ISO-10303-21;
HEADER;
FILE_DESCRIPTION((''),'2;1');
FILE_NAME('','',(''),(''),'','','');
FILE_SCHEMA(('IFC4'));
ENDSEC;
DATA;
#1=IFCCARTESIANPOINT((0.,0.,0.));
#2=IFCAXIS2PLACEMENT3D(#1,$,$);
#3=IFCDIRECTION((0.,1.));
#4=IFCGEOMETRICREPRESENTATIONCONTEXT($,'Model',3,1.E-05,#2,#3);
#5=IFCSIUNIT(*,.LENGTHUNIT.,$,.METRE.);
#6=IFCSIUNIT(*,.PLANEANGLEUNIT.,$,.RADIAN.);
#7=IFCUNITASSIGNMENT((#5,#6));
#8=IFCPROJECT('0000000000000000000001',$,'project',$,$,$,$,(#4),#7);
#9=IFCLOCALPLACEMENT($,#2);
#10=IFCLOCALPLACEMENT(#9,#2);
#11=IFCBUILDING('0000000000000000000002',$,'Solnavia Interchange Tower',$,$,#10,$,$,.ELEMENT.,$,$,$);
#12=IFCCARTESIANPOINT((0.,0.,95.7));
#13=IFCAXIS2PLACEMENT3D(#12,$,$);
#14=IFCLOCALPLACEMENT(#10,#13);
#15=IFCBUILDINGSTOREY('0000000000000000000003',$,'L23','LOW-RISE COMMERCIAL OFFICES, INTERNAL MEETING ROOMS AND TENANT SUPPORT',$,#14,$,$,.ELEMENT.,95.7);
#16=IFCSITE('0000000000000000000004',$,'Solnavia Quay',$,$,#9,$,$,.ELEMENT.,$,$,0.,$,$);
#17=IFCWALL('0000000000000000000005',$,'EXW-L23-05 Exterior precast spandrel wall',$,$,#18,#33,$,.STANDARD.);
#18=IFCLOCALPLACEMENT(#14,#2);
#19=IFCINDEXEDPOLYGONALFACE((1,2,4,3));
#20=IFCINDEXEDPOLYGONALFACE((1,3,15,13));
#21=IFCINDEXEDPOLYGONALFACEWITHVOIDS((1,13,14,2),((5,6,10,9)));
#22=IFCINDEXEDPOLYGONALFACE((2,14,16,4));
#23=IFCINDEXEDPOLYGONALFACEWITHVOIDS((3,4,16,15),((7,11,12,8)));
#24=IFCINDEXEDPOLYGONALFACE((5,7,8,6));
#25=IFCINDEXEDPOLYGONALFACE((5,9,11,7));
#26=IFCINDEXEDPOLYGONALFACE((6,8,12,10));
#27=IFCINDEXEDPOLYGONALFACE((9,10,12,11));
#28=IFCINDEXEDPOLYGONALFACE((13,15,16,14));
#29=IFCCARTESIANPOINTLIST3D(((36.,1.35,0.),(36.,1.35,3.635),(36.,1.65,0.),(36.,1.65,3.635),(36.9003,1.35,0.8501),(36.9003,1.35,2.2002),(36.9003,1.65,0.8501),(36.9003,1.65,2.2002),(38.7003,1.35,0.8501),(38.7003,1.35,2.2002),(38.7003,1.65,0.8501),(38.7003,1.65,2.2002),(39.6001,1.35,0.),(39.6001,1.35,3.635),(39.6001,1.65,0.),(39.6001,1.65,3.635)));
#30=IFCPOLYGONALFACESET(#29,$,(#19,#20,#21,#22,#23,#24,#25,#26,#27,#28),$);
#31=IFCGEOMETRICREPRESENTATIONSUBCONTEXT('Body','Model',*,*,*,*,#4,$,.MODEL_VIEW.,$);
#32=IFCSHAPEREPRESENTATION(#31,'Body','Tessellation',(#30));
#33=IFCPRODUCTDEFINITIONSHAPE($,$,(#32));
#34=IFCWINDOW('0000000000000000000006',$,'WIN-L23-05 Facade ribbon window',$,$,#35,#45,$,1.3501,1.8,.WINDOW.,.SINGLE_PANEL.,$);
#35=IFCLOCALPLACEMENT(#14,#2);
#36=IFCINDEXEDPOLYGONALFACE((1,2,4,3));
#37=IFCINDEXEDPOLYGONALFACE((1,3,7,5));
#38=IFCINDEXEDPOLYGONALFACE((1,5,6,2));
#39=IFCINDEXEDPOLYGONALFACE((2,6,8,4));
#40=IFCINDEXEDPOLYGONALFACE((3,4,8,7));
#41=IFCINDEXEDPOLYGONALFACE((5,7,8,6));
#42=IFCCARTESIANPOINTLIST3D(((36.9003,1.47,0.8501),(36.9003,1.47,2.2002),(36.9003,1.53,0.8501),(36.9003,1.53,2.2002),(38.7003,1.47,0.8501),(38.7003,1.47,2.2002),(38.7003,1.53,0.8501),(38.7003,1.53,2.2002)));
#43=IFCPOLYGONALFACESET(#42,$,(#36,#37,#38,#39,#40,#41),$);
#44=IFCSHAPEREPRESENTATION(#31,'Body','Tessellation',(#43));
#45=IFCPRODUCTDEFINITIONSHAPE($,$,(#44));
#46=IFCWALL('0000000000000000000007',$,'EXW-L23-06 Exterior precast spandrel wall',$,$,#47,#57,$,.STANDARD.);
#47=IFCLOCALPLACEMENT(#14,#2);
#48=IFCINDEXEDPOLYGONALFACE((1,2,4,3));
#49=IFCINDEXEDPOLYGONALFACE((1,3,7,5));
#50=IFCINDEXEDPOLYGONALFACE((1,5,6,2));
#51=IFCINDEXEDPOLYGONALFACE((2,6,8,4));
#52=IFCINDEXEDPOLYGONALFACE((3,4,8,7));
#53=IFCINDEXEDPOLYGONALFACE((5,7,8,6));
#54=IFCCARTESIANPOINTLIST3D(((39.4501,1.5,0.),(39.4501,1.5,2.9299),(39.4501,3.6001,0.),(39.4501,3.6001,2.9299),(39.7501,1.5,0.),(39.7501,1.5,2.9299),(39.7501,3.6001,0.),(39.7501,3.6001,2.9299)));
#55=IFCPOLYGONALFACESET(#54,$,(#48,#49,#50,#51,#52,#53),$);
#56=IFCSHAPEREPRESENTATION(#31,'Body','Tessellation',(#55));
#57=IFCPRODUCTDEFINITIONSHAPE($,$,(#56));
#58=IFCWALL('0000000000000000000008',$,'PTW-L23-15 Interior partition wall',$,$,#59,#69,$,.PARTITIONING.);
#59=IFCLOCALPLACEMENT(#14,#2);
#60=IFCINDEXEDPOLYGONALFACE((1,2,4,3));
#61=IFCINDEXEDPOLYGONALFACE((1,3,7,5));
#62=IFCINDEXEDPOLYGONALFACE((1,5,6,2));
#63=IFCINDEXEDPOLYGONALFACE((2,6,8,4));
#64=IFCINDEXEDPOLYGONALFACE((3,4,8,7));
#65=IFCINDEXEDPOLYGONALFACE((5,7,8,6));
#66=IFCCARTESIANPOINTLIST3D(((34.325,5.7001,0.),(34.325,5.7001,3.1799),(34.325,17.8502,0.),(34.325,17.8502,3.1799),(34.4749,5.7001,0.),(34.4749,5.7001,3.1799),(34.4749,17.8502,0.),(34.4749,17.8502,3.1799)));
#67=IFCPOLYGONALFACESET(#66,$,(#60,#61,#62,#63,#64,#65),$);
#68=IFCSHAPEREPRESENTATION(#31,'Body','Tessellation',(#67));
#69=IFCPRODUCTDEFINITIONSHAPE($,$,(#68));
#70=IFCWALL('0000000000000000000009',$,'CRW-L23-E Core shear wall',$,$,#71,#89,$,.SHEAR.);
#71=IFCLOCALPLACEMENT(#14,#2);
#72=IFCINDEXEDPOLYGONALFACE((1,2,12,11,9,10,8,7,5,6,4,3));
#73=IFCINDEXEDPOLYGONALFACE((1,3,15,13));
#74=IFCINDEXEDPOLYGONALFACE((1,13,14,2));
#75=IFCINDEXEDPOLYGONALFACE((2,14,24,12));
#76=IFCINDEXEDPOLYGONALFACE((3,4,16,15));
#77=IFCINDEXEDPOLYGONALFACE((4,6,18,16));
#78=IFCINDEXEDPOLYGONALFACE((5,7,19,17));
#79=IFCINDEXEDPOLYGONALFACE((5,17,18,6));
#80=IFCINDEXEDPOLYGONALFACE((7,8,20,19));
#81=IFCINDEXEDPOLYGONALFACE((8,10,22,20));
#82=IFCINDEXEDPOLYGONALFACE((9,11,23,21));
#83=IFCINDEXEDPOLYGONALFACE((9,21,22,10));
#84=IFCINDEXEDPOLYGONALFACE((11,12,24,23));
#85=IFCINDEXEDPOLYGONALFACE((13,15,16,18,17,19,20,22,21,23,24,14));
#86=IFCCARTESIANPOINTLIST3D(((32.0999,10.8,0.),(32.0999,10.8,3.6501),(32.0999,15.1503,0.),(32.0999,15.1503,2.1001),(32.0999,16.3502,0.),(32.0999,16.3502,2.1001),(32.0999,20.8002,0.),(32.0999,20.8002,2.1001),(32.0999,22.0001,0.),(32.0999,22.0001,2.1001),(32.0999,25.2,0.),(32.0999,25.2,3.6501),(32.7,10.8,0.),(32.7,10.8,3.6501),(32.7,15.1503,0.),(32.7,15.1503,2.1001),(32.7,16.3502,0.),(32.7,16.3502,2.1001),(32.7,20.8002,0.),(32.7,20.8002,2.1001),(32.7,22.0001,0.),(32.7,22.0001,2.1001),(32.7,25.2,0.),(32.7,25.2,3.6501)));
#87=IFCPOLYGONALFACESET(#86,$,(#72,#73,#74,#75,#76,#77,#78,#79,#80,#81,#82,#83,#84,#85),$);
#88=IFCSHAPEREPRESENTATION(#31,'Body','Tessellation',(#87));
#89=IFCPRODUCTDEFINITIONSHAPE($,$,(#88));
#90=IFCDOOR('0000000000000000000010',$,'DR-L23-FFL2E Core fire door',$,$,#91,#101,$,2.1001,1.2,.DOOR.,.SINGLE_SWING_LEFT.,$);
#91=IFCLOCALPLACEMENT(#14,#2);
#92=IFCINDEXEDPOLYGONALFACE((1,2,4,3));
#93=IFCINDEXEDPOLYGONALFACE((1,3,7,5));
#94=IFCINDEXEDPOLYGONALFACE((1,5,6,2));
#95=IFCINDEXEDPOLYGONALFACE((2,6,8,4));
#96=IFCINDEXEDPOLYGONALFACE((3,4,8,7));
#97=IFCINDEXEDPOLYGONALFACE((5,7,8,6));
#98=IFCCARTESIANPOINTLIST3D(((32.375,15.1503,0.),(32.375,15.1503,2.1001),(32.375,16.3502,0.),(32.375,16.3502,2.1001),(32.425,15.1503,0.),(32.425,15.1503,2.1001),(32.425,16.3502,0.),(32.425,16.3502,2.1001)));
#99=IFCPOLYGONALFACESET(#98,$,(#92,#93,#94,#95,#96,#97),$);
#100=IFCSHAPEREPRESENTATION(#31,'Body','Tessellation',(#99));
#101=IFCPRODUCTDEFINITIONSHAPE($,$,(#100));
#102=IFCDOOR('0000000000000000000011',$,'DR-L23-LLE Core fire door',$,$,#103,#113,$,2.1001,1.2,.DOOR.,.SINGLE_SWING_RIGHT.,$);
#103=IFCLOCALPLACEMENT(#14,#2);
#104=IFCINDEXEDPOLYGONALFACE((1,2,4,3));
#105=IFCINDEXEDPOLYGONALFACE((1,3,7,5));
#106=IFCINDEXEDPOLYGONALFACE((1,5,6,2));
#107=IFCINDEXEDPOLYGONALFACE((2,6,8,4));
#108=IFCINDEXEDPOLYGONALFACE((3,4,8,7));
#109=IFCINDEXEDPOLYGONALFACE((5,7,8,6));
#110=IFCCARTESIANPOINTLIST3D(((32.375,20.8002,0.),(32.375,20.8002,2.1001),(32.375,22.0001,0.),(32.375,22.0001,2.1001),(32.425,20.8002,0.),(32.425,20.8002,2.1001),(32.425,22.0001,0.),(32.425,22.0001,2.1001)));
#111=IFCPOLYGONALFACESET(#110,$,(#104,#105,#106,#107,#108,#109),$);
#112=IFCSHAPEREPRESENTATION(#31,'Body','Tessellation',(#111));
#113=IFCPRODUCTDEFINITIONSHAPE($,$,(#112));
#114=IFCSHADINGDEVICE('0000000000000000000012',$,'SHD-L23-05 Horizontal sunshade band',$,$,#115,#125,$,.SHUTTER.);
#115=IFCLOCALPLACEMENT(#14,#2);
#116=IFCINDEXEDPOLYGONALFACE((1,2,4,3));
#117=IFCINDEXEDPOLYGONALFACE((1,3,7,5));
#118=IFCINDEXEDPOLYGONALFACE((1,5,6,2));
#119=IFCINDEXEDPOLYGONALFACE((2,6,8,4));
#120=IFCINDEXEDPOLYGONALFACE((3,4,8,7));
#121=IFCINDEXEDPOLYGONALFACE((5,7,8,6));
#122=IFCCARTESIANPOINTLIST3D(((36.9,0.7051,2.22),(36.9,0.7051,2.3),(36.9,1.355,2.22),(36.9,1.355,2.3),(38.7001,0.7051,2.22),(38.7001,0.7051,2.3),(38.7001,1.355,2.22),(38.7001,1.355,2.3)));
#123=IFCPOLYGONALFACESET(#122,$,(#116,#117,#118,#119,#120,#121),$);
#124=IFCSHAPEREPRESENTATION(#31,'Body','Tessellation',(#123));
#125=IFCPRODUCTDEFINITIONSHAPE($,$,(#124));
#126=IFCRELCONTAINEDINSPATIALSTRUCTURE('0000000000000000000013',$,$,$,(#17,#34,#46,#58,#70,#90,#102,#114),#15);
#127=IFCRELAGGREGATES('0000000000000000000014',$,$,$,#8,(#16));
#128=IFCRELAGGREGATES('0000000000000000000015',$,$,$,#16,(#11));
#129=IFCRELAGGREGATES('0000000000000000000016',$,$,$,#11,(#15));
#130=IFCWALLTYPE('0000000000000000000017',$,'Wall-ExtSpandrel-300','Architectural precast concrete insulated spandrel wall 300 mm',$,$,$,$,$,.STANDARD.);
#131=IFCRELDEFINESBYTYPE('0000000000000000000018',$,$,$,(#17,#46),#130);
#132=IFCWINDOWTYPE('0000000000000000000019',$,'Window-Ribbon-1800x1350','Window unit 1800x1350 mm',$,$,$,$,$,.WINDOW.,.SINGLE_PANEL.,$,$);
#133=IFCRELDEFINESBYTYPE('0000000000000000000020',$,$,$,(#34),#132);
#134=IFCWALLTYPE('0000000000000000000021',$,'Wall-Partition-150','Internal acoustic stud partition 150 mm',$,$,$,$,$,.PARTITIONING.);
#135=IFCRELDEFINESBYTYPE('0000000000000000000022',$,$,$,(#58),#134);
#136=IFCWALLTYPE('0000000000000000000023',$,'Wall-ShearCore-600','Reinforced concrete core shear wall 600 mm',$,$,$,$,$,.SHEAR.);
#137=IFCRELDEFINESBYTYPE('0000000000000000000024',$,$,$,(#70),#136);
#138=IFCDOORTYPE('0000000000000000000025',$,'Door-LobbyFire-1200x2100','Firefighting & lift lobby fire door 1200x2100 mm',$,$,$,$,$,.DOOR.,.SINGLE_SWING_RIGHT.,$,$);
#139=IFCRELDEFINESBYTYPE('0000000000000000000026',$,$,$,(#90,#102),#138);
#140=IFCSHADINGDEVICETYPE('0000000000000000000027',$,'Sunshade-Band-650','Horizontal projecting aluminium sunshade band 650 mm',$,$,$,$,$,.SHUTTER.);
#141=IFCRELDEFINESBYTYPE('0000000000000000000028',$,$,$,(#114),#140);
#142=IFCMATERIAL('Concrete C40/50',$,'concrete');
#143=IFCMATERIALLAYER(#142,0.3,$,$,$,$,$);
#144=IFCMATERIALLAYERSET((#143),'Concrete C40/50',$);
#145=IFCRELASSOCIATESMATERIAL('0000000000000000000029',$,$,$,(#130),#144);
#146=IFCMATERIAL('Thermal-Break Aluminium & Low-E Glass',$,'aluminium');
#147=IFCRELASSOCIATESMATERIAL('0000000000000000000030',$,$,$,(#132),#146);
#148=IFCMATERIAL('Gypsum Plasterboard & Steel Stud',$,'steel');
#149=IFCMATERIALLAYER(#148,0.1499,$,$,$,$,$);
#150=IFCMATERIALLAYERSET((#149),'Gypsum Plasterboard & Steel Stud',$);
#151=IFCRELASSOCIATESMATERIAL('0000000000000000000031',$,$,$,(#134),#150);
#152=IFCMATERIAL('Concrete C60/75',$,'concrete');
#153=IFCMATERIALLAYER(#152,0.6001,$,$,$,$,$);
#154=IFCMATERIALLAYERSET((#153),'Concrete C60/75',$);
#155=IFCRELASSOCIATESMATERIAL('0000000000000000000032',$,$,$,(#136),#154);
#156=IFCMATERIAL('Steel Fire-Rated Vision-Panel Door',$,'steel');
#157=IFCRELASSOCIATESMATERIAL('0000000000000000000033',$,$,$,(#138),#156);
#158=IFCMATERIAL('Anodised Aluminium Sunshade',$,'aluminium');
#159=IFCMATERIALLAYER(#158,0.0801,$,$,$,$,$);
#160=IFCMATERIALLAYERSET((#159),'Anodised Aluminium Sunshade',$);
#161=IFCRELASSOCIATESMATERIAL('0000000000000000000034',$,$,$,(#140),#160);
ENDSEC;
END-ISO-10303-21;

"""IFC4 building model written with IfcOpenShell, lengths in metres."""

from ifc_helpers import new_model, si_unit, direction, frame, frame_2d, origin, origin_2d, place, context, subcontext, project, spatial, rectangle, extrude, material, layer, layer_set, type_object, element, fill, save


model = new_model("IFC4")

# Units and contexts
model_context = context("Model", 3, precision=1e-05, world=origin(), true_north=direction((0.0, 1.0)))
body_context = subcontext(model_context, "Body", "Model", "MODEL_VIEW")
ifc_project = project(units=[si_unit("LENGTHUNIT", "METRE"), si_unit("PLANEANGLEUNIT", "RADIAN")], contexts=[model_context])

# Site, building, storey
site_placement = place(None, origin())
site = spatial("IfcSite", under=ifc_project, at=site_placement, Name="Solnavia Quay", CompositionType="ELEMENT", RefElevation=0.0)
building_placement = place(site_placement, origin())
building = spatial("IfcBuilding", under=site, at=building_placement, Name="Solnavia Interchange Tower", CompositionType="ELEMENT")
storey_placement = place(building_placement, frame((0.0, 0.0, 95.7)))
storey = spatial("IfcBuildingStorey", under=building, at=storey_placement, Name="L23", Description="LOW-RISE COMMERCIAL OFFICES, INTERNAL MEETING ROOMS AND TENANT SUPPORT", CompositionType="ELEMENT", Elevation=95.7)

# Wall, opening, window
ifc_material_1 = material(Name="Concrete C40/50", Category="concrete")
ifc_layer_1 = layer(ifc_material_1, 0.3)
ifc_layer_set_1 = layer_set([ifc_layer_1], Name="Concrete C40/50")
wall_type_1 = type_object("IfcWallType", Name="Wall-ExtSpandrel-300", Description="Architectural precast concrete insulated spandrel wall 300 mm", PredefinedType="STANDARD", material=ifc_layer_set_1)
ifc_material_2 = material(Name="Thermal-Break Aluminium & Low-E Glass", Category="aluminium")
window_type = type_object("IfcWindowType", Name="Window-Ribbon-1800x1350", Description="Window unit 1800x1350 mm", PartitioningType="SINGLE_PANEL", PredefinedType="WINDOW", material=ifc_material_2)
wall_1_placement = place(storey_placement, frame((39.6001, 1.5, 0.0), z_axis=(0.0, 0.0, 1.0), x_axis=(-1.0, 0.0, 0.0)))
wall_1 = element("IfcWall", 1, at=wall_1_placement, inside=storey, type_object=wall_type_1, Name="EXW-L23-05 Exterior precast spandrel wall", PredefinedType="STANDARD", context=body_context, shape_type="SweptSolid", body=[
    extrude(rectangle(XDim=3.6001, YDim=0.3, at=frame_2d((1.8, 0.0))), origin(), (0.0, 0.0, 1.0), 3.635),
])
opening_1_placement = place(wall_1_placement, frame((0.8999, 0.0, 0.8501)))
opening_1 = element("IfcOpeningElement", 2, at=opening_1_placement, cuts=wall_1, PredefinedType="OPENING", context=body_context, shape_type="SweptSolid", body=[
    extrude(rectangle(XDim=1.8, YDim=1.3501, at=frame_2d((0.8999, 0.675))), frame((0.0, 0.1602, 0.0), z_axis=(0.0, -1.0, 0.0), x_axis=(1.0, 0.0, 0.0)), (0.0, 0.0, 1.0), 0.3201),
])
window_1_placement = place(opening_1_placement, origin())
window_1 = element("IfcWindow", 3, at=window_1_placement, inside=storey, type_object=window_type, Name="WIN-L23-05 Facade ribbon window", OverallHeight=1.3501, OverallWidth=1.8, PartitioningType="SINGLE_PANEL", PredefinedType="WINDOW", context=body_context, shape_type="SweptSolid", body=[
    extrude(rectangle(XDim=1.8, YDim=1.3501, at=frame_2d((0.8999, 0.675))), frame((0.0, 0.03, 0.0), z_axis=(0.0, -1.0, 0.0), x_axis=(1.0, 0.0, 0.0)), (0.0, 0.0, 1.0), 0.0601),
])
fill(opening_1, window_1)

# Walls
wall_2_placement = place(storey_placement, frame((39.6001, 3.6001, 0.0), z_axis=(0.0, 0.0, 1.0), x_axis=(0.0, -1.0, 0.0)))
element("IfcWall", 4, at=wall_2_placement, inside=storey, type_object=wall_type_1, Name="EXW-L23-06 Exterior precast spandrel wall", PredefinedType="STANDARD", context=body_context, shape_type="SweptSolid", body=[
    extrude(rectangle(XDim=2.1001, YDim=0.3, at=frame_2d((1.05, 0.0))), origin(), (0.0, 0.0, 1.0), 2.9299),
])
ifc_material_3 = material(Name="Gypsum Plasterboard & Steel Stud", Category="steel")
ifc_layer_2 = layer(ifc_material_3, 0.1499)
ifc_layer_set_2 = layer_set([ifc_layer_2], Name="Gypsum Plasterboard & Steel Stud")
wall_type_2 = type_object("IfcWallType", Name="Wall-Partition-150", Description="Internal acoustic stud partition 150 mm", PredefinedType="PARTITIONING", material=ifc_layer_set_2)
wall_3_placement = place(storey_placement, frame((34.3999, 5.7, 0.0), z_axis=(0.0, 0.0, 1.0), x_axis=(0.0, 1.0, 0.0)))
element("IfcWall", 5, at=wall_3_placement, inside=storey, type_object=wall_type_2, Name="PTW-L23-15 Interior partition wall", PredefinedType="PARTITIONING", context=body_context, shape_type="SweptSolid", body=[
    extrude(rectangle(XDim=12.1501, YDim=0.1499, at=frame_2d((6.0752, 0.0))), origin(), (0.0, 0.0, 1.0), 3.1799),
])

# Wall, openings, doors
ifc_material_4 = material(Name="Concrete C60/75", Category="concrete")
ifc_layer_3 = layer(ifc_material_4, 0.6001)
ifc_layer_set_3 = layer_set([ifc_layer_3], Name="Concrete C60/75")
wall_type_3 = type_object("IfcWallType", Name="Wall-ShearCore-600", Description="Reinforced concrete core shear wall 600 mm", PredefinedType="SHEAR", material=ifc_layer_set_3)
wall_4_placement = place(storey_placement, frame((32.3999, 10.8, 0.0), z_axis=(0.0, 0.0, 1.0), x_axis=(0.0, 1.0, 0.0)))
wall_4 = element("IfcWall", 6, at=wall_4_placement, inside=storey, type_object=wall_type_3, Name="CRW-L23-E Core shear wall", PredefinedType="SHEAR", context=body_context, shape_type="SweptSolid", body=[
    extrude(rectangle(XDim=14.3999, YDim=0.6001, at=frame_2d((7.2, 0.0))), origin(), (0.0, 0.0, 1.0), 3.6501),
])
opening_2_placement = place(wall_4_placement, frame((4.3501, 0.0, 0.0)))
opening_2 = element("IfcOpeningElement", 7, at=opening_2_placement, cuts=wall_4, PredefinedType="OPENING", context=body_context, shape_type="SweptSolid", body=[
    extrude(rectangle(XDim=1.2, YDim=2.1001, at=frame_2d((0.6001, 1.05))), frame((0.0, 0.3101, 0.0), z_axis=(0.0, -1.0, 0.0), x_axis=(1.0, 0.0, 0.0)), (0.0, 0.0, 1.0), 0.6201),
])
opening_3_placement = place(wall_4_placement, frame((10.0, 0.0, 0.0)))
opening_3 = element("IfcOpeningElement", 8, at=opening_3_placement, cuts=wall_4, PredefinedType="OPENING", context=body_context, shape_type="SweptSolid", body=[
    extrude(rectangle(XDim=1.2, YDim=2.1001, at=frame_2d((0.6001, 1.05))), frame((0.0, 0.3101, 0.0), z_axis=(0.0, -1.0, 0.0), x_axis=(1.0, 0.0, 0.0)), (0.0, 0.0, 1.0), 0.6201),
])
ifc_material_5 = material(Name="Steel Fire-Rated Vision-Panel Door", Category="steel")
door_type = type_object("IfcDoorType", Name="Door-LobbyFire-1200x2100", Description="Firefighting & lift lobby fire door 1200x2100 mm", OperationType="SINGLE_SWING_RIGHT", PredefinedType="DOOR", material=ifc_material_5)
door_1_placement = place(opening_2_placement, origin())
door_1 = element("IfcDoor", 9, at=door_1_placement, inside=storey, type_object=door_type, Name="DR-L23-FFL2E Core fire door", OperationType="SINGLE_SWING_LEFT", OverallHeight=2.1001, OverallWidth=1.2, PredefinedType="DOOR", context=body_context, shape_type="SweptSolid", body=[
    extrude(rectangle(XDim=1.2, YDim=2.1001, at=frame_2d((0.6001, 1.05))), frame((0.0, 0.0249, 0.0), z_axis=(0.0, -1.0, 0.0), x_axis=(1.0, 0.0, 0.0)), (0.0, 0.0, 1.0), 0.05),
])
fill(opening_2, door_1)
door_2_placement = place(opening_3_placement, origin())
door_2 = element("IfcDoor", 10, at=door_2_placement, inside=storey, type_object=door_type, Name="DR-L23-LLE Core fire door", OperationType="SINGLE_SWING_RIGHT", OverallHeight=2.1001, OverallWidth=1.2, PredefinedType="DOOR", context=body_context, shape_type="SweptSolid", body=[
    extrude(rectangle(XDim=1.2, YDim=2.1001, at=frame_2d((0.6001, 1.05))), frame((0.0, 0.0249, 0.0), z_axis=(0.0, -1.0, 0.0), x_axis=(1.0, 0.0, 0.0)), (0.0, 0.0, 1.0), 0.05),
])
fill(opening_3, door_2)

# Shading device
ifc_material_6 = material(Name="Anodised Aluminium Sunshade", Category="aluminium")
ifc_layer_4 = layer(ifc_material_6, 0.0801)
ifc_layer_set_4 = layer_set([ifc_layer_4], Name="Anodised Aluminium Sunshade")
shading_device_type = type_object("IfcShadingDeviceType", Name="Sunshade-Band-650", Description="Horizontal projecting aluminium sunshade band 650 mm", PredefinedType="SHUTTER", material=ifc_layer_set_4)
shading_device_placement = place(storey_placement, frame((37.8, 1.03, 2.22), z_axis=(0.0, 0.0, 1.0), x_axis=(-1.0, 0.0, 0.0)))
element("IfcShadingDevice", 11, at=shading_device_placement, inside=storey, type_object=shading_device_type, Name="SHD-L23-05 Horizontal sunshade band", PredefinedType="SHUTTER", context=body_context, shape_type="SweptSolid", body=[
    extrude(rectangle(XDim=1.8, YDim=0.6499, at=origin_2d()), origin(), (0.0, 0.0, 1.0), 0.0801),
])

save(model, "model.ifc")
